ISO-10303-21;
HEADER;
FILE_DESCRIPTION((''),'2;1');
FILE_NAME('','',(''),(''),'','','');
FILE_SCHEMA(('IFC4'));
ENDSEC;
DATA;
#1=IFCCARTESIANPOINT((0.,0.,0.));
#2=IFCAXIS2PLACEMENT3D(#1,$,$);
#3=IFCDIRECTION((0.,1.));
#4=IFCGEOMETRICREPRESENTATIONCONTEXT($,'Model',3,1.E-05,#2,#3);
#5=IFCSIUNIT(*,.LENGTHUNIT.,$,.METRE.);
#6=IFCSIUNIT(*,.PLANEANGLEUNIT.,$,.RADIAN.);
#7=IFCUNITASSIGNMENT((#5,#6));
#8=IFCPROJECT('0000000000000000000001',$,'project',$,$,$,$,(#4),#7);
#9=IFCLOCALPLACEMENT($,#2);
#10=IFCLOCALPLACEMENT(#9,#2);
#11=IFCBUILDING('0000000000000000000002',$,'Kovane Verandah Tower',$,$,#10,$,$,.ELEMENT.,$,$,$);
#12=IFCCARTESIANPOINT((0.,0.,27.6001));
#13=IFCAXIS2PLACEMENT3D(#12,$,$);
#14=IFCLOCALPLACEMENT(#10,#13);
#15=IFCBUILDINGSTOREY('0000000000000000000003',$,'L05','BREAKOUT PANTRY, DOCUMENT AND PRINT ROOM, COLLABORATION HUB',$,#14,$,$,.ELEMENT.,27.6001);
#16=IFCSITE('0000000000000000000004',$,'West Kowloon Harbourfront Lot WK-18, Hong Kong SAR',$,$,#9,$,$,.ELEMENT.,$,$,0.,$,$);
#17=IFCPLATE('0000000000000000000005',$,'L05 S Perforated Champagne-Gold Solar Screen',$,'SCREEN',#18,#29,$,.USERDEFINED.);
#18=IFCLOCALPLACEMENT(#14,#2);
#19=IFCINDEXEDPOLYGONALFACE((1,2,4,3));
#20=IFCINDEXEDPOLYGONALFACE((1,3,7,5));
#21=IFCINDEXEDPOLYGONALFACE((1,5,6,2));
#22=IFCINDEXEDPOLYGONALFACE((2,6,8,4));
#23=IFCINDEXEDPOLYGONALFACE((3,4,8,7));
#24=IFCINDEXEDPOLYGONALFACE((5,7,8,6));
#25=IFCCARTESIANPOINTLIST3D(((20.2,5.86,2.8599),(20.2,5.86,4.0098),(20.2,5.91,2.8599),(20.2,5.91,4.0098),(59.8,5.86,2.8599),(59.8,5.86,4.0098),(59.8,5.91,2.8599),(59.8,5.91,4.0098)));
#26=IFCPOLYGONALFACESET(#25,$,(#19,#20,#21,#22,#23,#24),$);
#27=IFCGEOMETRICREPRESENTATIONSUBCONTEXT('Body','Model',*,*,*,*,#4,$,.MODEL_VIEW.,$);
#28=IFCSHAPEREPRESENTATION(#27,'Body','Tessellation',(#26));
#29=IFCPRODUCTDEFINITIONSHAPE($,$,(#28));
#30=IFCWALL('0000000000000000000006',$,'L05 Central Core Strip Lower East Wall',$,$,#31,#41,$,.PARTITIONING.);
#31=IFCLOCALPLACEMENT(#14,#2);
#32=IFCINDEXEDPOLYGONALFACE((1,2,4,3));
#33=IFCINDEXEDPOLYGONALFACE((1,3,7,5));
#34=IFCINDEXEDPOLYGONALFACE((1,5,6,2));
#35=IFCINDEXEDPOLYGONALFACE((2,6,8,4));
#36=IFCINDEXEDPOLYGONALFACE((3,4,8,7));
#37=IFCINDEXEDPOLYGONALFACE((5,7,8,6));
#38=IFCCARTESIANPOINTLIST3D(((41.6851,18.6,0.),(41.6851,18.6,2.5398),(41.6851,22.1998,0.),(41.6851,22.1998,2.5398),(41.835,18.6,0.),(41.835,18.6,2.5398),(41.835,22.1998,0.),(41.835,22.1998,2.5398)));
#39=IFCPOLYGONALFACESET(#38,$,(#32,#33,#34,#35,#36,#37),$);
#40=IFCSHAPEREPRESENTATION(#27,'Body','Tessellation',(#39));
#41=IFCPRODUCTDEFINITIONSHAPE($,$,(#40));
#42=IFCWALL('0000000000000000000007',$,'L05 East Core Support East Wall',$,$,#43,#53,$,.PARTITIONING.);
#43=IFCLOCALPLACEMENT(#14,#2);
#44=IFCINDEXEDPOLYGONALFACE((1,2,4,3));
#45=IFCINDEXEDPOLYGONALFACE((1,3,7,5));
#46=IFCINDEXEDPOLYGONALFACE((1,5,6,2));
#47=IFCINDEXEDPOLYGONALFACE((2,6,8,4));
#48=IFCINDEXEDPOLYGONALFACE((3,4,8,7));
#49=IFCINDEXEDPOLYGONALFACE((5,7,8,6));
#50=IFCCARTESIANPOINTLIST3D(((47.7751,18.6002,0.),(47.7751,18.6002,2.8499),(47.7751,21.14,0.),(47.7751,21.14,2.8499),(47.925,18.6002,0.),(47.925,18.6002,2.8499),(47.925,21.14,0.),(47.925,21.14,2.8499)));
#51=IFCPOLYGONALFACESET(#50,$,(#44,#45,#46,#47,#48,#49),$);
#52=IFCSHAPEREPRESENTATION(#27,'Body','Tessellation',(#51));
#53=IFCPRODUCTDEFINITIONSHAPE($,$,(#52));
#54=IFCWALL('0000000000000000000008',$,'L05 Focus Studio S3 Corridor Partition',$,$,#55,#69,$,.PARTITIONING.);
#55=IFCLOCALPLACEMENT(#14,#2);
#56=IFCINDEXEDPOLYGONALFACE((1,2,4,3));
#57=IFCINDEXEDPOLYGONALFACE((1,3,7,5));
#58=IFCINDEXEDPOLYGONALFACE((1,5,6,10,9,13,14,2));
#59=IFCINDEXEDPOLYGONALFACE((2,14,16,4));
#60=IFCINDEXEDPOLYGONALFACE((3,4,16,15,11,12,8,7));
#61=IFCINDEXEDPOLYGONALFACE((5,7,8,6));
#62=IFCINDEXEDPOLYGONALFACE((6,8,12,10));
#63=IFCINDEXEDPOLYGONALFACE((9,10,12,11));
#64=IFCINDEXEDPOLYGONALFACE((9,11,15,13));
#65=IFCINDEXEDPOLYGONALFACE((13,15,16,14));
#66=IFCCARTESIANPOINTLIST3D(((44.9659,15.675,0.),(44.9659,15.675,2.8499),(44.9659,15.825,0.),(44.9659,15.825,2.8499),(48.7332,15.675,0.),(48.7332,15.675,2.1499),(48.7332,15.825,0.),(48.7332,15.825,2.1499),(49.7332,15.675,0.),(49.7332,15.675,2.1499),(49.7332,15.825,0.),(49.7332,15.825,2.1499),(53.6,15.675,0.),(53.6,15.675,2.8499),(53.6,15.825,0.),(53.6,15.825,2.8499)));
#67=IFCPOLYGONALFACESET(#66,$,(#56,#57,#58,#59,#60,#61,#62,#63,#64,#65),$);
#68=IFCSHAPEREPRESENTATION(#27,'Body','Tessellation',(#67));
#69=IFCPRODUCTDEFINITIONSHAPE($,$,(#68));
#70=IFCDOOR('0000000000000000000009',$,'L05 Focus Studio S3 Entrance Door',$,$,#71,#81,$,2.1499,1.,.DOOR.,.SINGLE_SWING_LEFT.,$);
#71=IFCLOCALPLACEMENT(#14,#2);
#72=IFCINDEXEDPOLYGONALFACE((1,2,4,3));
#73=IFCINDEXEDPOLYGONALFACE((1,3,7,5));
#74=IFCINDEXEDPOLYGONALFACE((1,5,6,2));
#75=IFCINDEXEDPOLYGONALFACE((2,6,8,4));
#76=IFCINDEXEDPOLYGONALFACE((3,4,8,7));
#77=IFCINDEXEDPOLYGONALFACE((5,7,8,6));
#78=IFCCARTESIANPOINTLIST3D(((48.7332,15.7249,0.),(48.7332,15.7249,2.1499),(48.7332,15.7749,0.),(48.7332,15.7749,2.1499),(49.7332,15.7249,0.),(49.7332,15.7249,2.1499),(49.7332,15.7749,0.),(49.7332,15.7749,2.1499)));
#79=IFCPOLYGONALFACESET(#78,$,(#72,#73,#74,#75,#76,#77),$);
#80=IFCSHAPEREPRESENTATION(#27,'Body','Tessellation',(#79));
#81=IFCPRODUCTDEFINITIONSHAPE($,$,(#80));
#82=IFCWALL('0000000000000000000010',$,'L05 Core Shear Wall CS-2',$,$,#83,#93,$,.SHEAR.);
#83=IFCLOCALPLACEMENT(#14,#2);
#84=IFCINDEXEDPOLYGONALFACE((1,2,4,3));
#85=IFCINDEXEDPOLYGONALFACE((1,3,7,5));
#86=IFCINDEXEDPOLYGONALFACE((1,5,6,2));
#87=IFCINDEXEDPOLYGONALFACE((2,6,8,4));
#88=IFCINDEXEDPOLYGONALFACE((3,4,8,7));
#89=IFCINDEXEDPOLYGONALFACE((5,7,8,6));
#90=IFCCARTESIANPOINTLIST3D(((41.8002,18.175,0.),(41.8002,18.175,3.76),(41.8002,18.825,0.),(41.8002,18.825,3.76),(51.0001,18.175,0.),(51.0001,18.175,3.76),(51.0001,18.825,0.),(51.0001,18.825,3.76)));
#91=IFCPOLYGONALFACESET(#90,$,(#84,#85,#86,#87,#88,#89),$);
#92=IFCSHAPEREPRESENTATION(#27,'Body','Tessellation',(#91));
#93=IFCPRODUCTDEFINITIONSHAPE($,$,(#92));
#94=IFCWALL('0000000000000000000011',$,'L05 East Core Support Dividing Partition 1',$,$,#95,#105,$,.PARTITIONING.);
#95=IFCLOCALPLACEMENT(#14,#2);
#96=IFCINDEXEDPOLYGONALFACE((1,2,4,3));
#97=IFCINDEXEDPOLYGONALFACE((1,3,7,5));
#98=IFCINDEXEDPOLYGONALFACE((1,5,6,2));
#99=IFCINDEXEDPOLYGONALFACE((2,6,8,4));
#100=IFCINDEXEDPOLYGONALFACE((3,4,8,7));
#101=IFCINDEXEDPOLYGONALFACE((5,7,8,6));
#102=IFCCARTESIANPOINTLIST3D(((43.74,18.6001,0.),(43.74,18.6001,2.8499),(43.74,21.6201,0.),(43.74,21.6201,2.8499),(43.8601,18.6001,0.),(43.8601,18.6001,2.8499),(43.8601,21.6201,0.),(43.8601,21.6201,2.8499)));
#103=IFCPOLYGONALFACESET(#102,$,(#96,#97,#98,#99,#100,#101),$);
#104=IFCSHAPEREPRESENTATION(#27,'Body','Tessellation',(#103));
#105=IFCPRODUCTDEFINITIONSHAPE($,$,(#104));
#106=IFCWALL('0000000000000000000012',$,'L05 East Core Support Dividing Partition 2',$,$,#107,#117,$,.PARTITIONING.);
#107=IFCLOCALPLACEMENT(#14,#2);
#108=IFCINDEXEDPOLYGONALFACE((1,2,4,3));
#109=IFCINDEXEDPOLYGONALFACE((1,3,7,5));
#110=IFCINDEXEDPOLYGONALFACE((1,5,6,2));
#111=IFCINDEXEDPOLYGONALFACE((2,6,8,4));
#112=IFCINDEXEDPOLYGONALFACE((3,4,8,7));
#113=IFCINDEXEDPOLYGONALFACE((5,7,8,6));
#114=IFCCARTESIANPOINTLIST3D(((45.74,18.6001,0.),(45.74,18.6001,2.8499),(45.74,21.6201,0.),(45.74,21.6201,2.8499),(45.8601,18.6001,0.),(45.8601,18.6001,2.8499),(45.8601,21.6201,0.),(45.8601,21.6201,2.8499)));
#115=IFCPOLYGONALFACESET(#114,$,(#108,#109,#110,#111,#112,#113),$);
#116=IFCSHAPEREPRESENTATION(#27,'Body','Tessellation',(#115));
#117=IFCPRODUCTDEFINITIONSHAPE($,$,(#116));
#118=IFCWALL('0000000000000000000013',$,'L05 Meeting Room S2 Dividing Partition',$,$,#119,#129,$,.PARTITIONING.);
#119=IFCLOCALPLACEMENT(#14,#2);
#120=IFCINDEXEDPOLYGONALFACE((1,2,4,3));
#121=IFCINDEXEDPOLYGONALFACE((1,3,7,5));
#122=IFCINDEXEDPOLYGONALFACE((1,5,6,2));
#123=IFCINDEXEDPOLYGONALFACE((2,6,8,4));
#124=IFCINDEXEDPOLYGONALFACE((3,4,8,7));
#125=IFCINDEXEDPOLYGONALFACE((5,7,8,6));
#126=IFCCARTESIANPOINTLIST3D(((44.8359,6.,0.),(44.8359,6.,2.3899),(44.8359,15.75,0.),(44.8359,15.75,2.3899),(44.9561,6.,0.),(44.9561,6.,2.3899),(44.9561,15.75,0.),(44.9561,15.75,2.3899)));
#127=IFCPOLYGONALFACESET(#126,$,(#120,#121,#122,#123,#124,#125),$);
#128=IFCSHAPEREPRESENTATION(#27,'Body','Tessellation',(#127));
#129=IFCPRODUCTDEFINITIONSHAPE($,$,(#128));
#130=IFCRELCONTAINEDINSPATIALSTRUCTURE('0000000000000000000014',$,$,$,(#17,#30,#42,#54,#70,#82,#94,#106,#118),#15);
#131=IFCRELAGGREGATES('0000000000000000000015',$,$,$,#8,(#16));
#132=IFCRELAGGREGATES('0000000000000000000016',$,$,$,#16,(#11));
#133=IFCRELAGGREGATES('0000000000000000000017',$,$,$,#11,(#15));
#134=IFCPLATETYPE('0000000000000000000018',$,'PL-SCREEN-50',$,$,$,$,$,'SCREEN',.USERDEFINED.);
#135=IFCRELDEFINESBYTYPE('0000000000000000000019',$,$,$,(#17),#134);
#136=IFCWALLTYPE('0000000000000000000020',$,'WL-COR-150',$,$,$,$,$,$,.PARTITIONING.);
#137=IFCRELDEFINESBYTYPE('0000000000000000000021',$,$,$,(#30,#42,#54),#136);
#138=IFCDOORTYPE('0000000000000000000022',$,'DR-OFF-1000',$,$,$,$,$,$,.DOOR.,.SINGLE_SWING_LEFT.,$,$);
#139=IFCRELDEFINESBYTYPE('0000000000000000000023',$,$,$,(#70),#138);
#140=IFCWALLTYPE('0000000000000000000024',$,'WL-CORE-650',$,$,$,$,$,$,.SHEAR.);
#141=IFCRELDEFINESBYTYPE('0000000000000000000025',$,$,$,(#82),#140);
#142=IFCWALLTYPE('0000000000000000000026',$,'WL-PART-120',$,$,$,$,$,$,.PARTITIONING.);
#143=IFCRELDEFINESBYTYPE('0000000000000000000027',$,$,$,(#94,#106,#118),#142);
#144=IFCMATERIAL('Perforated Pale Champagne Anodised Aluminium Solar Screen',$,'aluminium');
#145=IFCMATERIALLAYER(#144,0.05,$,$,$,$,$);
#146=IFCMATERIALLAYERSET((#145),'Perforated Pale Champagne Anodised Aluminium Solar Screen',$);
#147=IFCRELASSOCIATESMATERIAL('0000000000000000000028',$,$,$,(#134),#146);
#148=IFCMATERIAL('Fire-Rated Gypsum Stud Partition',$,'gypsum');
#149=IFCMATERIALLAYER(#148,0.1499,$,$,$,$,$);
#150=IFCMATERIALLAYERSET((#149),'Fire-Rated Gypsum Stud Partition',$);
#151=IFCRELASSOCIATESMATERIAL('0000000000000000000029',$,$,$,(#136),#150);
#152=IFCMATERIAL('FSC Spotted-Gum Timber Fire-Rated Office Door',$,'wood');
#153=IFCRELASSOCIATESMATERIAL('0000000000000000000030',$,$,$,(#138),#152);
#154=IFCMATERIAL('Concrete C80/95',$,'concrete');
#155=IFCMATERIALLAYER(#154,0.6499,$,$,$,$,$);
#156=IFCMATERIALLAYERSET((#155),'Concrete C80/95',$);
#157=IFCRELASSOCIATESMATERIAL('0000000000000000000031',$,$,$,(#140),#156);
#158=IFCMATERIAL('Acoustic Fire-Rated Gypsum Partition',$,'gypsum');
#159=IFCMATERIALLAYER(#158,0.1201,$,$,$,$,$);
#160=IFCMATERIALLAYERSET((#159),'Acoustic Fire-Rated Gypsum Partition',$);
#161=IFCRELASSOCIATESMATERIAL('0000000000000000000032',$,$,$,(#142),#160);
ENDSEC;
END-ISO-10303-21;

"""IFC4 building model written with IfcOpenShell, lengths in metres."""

from ifc_helpers import new_model, si_unit, direction, frame, frame_2d, origin, origin_2d, place, context, subcontext, project, spatial, rectangle, extrude, material, layer, layer_set, type_object, element, fill, save


model = new_model("IFC4")

# Units and contexts
model_context = context("Model", 3, precision=1e-05, world=origin(), true_north=direction((0.0, 1.0)))
body_context = subcontext(model_context, "Body", "Model", "MODEL_VIEW")
ifc_project = project(units=[si_unit("LENGTHUNIT", "METRE"), si_unit("PLANEANGLEUNIT", "RADIAN")], contexts=[model_context])

# Site, building, storey
site_placement = place(None, origin())
site = spatial("IfcSite", under=ifc_project, at=site_placement, Name="West Kowloon Harbourfront Lot WK-18, Hong Kong SAR", CompositionType="ELEMENT", RefElevation=0.0)
building_placement = place(site_placement, origin())
building = spatial("IfcBuilding", under=site, at=building_placement, Name="Kovane Verandah Tower", CompositionType="ELEMENT")
storey_placement = place(building_placement, frame((0.0, 0.0, 27.6001)))
storey = spatial("IfcBuildingStorey", under=building, at=storey_placement, Name="L05", Description="BREAKOUT PANTRY, DOCUMENT AND PRINT ROOM, COLLABORATION HUB", CompositionType="ELEMENT", Elevation=27.6001)

# Shared definitions
ifc_material_1 = material(Name="Concrete C80/95", Category="concrete")

# Plate
ifc_material_2 = material(Name="Perforated Pale Champagne Anodised Aluminium Solar Screen", Category="aluminium")
ifc_layer_1 = layer(ifc_material_2, 0.05)
ifc_layer_set_1 = layer_set([ifc_layer_1], Name="Perforated Pale Champagne Anodised Aluminium Solar Screen")
plate_type_1 = type_object("IfcPlateType", Name="PL-SCREEN-50", ElementType="SCREEN", PredefinedType="USERDEFINED", material=ifc_layer_set_1)
plate_1_placement = place(storey_placement, frame((40.0, 5.885, 2.8599), z_axis=(0.0, 0.0, 1.0), x_axis=(1.0, 0.0, 0.0)))
element("IfcPlate", 1, at=plate_1_placement, inside=storey, type_object=plate_type_1, Name="L05 S Perforated Champagne-Gold Solar Screen", ObjectType="SCREEN", PredefinedType="USERDEFINED", context=body_context, shape_type="SweptSolid", body=[
    extrude(rectangle(XDim=39.6001, YDim=0.05, at=origin_2d()), origin(), (0.0, 0.0, 1.0), 1.1499),
])

# Walls
ifc_material_3 = material(Name="Fire-Rated Gypsum Stud Partition", Category="gypsum")
ifc_layer_2 = layer(ifc_material_3, 0.1499)
ifc_layer_set_2 = layer_set([ifc_layer_2], Name="Fire-Rated Gypsum Stud Partition")
wall_type_1 = type_object("IfcWallType", Name="WL-COR-150", PredefinedType="PARTITIONING", material=ifc_layer_set_2)
wall_1_placement = place(storey_placement, frame((41.76, 18.6001, 0.0), z_axis=(0.0, 0.0, 1.0), x_axis=(0.0, 1.0, 0.0)))
element("IfcWall", 2, at=wall_1_placement, inside=storey, type_object=wall_type_1, Name="L05 Central Core Strip Lower East Wall", PredefinedType="PARTITIONING", context=body_context, shape_type="SweptSolid", body=[
    extrude(rectangle(XDim=3.5999, YDim=0.1499, at=frame_2d((1.7998, 0.0))), origin(), (0.0, 0.0, 1.0), 2.5398),
])
wall_2_placement = place(storey_placement, frame((47.8501, 18.6001, 0.0), z_axis=(0.0, 0.0, 1.0), x_axis=(0.0, 1.0, 0.0)))
element("IfcWall", 3, at=wall_2_placement, inside=storey, type_object=wall_type_1, Name="L05 East Core Support East Wall", PredefinedType="PARTITIONING", context=body_context, shape_type="SweptSolid", body=[
    extrude(rectangle(XDim=2.5398, YDim=0.1499, at=frame_2d((1.27, 0.0))), origin(), (0.0, 0.0, 1.0), 2.8499),
])

# Wall, opening, door
wall_3_placement = place(storey_placement, frame((44.9661, 15.75, 0.0), z_axis=(0.0, 0.0, 1.0), x_axis=(1.0, 0.0, 0.0)))
wall_3 = element("IfcWall", 4, at=wall_3_placement, inside=storey, type_object=wall_type_1, Name="L05 Focus Studio S3 Corridor Partition", PredefinedType="PARTITIONING", context=body_context, shape_type="SweptSolid", body=[
    extrude(rectangle(XDim=8.634, YDim=0.1499, at=frame_2d((4.3169, 0.0))), origin(), (0.0, 0.0, 1.0), 2.8499),
])
opening_placement = place(wall_3_placement, frame((3.7671, 0.0, 0.0)))
opening = element("IfcOpeningElement", 5, at=opening_placement, cuts=wall_3, PredefinedType="OPENING", context=body_context, shape_type="SweptSolid", body=[
    extrude(rectangle(XDim=1.0, YDim=2.1499, at=frame_2d((0.5, 1.075))), frame((0.0, 0.075, 0.0), z_axis=(0.0, -1.0, 0.0), x_axis=(1.0, 0.0, 0.0)), (0.0, 0.0, 1.0), 0.1499),
])
ifc_material_4 = material(Name="FSC Spotted-Gum Timber Fire-Rated Office Door", Category="wood")
door_type = type_object("IfcDoorType", Name="DR-OFF-1000", OperationType="SINGLE_SWING_LEFT", PredefinedType="DOOR", material=ifc_material_4)
door_placement = place(opening_placement, origin())
door = element("IfcDoor", 6, at=door_placement, inside=storey, type_object=door_type, Name="L05 Focus Studio S3 Entrance Door", OperationType="SINGLE_SWING_LEFT", OverallHeight=2.1499, OverallWidth=1.0, PredefinedType="DOOR", context=body_context, shape_type="SweptSolid", body=[
    extrude(rectangle(XDim=1.0, YDim=2.1499, at=frame_2d((0.5, 1.075))), frame((0.0, 0.0249, 0.0), z_axis=(0.0, -1.0, 0.0), x_axis=(1.0, 0.0, 0.0)), (0.0, 0.0, 1.0), 0.05),
])
fill(opening, door)

# Walls
ifc_layer_3 = layer(ifc_material_1, 0.6499)
ifc_layer_set_3 = layer_set([ifc_layer_3], Name="Concrete C80/95")
wall_type_2 = type_object("IfcWallType", Name="WL-CORE-650", PredefinedType="SHEAR", material=ifc_layer_set_3)
wall_4_placement = place(storey_placement, frame((41.8, 18.5, 0.0), z_axis=(0.0, 0.0, 1.0), x_axis=(1.0, 0.0, 0.0)))
element("IfcWall", 7, at=wall_4_placement, inside=storey, type_object=wall_type_2, Name="L05 Core Shear Wall CS-2", PredefinedType="SHEAR", context=body_context, shape_type="SweptSolid", body=[
    extrude(rectangle(XDim=9.2, YDim=0.6499, at=frame_2d((4.6001, 0.0))), origin(), (0.0, 0.0, 1.0), 3.76),
])
ifc_material_5 = material(Name="Acoustic Fire-Rated Gypsum Partition", Category="gypsum")
ifc_layer_4 = layer(ifc_material_5, 0.1201)
ifc_layer_set_4 = layer_set([ifc_layer_4], Name="Acoustic Fire-Rated Gypsum Partition")
wall_type_3 = type_object("IfcWallType", Name="WL-PART-120", PredefinedType="PARTITIONING", material=ifc_layer_set_4)
for number, where, z_axis, x_axis, name in (
    (8, (43.8, 18.6001, 0.0), (0.0, 0.0, 1.0), (0.0, 1.0, 0.0), "L05 East Core Support Dividing Partition 1"),
    (9, (45.8, 18.6001, 0.0), (0.0, 0.0, 1.0), (0.0, 1.0, 0.0), "L05 East Core Support Dividing Partition 2"),
):
    element("IfcWall", number, at=place(storey_placement, frame(where, z_axis=z_axis, x_axis=x_axis)), inside=storey, type_object=wall_type_3, Name=name, PredefinedType="PARTITIONING", context=body_context, shape_type="SweptSolid", body=[
        extrude(rectangle(XDim=3.02, YDim=0.1201, at=frame_2d((1.51, 0.0))), origin(), (0.0, 0.0, 1.0), 2.8499),
    ])
wall_5_placement = place(storey_placement, frame((44.896, 6.0, 0.0), z_axis=(0.0, 0.0, 1.0), x_axis=(0.0, 1.0, 0.0)))
element("IfcWall", 10, at=wall_5_placement, inside=storey, type_object=wall_type_3, Name="L05 Meeting Room S2 Dividing Partition", PredefinedType="PARTITIONING", context=body_context, shape_type="SweptSolid", body=[
    extrude(rectangle(XDim=9.75, YDim=0.1201, at=frame_2d((4.875, 0.0))), origin(), (0.0, 0.0, 1.0), 2.3899),
])

save(model, "model.ifc")
